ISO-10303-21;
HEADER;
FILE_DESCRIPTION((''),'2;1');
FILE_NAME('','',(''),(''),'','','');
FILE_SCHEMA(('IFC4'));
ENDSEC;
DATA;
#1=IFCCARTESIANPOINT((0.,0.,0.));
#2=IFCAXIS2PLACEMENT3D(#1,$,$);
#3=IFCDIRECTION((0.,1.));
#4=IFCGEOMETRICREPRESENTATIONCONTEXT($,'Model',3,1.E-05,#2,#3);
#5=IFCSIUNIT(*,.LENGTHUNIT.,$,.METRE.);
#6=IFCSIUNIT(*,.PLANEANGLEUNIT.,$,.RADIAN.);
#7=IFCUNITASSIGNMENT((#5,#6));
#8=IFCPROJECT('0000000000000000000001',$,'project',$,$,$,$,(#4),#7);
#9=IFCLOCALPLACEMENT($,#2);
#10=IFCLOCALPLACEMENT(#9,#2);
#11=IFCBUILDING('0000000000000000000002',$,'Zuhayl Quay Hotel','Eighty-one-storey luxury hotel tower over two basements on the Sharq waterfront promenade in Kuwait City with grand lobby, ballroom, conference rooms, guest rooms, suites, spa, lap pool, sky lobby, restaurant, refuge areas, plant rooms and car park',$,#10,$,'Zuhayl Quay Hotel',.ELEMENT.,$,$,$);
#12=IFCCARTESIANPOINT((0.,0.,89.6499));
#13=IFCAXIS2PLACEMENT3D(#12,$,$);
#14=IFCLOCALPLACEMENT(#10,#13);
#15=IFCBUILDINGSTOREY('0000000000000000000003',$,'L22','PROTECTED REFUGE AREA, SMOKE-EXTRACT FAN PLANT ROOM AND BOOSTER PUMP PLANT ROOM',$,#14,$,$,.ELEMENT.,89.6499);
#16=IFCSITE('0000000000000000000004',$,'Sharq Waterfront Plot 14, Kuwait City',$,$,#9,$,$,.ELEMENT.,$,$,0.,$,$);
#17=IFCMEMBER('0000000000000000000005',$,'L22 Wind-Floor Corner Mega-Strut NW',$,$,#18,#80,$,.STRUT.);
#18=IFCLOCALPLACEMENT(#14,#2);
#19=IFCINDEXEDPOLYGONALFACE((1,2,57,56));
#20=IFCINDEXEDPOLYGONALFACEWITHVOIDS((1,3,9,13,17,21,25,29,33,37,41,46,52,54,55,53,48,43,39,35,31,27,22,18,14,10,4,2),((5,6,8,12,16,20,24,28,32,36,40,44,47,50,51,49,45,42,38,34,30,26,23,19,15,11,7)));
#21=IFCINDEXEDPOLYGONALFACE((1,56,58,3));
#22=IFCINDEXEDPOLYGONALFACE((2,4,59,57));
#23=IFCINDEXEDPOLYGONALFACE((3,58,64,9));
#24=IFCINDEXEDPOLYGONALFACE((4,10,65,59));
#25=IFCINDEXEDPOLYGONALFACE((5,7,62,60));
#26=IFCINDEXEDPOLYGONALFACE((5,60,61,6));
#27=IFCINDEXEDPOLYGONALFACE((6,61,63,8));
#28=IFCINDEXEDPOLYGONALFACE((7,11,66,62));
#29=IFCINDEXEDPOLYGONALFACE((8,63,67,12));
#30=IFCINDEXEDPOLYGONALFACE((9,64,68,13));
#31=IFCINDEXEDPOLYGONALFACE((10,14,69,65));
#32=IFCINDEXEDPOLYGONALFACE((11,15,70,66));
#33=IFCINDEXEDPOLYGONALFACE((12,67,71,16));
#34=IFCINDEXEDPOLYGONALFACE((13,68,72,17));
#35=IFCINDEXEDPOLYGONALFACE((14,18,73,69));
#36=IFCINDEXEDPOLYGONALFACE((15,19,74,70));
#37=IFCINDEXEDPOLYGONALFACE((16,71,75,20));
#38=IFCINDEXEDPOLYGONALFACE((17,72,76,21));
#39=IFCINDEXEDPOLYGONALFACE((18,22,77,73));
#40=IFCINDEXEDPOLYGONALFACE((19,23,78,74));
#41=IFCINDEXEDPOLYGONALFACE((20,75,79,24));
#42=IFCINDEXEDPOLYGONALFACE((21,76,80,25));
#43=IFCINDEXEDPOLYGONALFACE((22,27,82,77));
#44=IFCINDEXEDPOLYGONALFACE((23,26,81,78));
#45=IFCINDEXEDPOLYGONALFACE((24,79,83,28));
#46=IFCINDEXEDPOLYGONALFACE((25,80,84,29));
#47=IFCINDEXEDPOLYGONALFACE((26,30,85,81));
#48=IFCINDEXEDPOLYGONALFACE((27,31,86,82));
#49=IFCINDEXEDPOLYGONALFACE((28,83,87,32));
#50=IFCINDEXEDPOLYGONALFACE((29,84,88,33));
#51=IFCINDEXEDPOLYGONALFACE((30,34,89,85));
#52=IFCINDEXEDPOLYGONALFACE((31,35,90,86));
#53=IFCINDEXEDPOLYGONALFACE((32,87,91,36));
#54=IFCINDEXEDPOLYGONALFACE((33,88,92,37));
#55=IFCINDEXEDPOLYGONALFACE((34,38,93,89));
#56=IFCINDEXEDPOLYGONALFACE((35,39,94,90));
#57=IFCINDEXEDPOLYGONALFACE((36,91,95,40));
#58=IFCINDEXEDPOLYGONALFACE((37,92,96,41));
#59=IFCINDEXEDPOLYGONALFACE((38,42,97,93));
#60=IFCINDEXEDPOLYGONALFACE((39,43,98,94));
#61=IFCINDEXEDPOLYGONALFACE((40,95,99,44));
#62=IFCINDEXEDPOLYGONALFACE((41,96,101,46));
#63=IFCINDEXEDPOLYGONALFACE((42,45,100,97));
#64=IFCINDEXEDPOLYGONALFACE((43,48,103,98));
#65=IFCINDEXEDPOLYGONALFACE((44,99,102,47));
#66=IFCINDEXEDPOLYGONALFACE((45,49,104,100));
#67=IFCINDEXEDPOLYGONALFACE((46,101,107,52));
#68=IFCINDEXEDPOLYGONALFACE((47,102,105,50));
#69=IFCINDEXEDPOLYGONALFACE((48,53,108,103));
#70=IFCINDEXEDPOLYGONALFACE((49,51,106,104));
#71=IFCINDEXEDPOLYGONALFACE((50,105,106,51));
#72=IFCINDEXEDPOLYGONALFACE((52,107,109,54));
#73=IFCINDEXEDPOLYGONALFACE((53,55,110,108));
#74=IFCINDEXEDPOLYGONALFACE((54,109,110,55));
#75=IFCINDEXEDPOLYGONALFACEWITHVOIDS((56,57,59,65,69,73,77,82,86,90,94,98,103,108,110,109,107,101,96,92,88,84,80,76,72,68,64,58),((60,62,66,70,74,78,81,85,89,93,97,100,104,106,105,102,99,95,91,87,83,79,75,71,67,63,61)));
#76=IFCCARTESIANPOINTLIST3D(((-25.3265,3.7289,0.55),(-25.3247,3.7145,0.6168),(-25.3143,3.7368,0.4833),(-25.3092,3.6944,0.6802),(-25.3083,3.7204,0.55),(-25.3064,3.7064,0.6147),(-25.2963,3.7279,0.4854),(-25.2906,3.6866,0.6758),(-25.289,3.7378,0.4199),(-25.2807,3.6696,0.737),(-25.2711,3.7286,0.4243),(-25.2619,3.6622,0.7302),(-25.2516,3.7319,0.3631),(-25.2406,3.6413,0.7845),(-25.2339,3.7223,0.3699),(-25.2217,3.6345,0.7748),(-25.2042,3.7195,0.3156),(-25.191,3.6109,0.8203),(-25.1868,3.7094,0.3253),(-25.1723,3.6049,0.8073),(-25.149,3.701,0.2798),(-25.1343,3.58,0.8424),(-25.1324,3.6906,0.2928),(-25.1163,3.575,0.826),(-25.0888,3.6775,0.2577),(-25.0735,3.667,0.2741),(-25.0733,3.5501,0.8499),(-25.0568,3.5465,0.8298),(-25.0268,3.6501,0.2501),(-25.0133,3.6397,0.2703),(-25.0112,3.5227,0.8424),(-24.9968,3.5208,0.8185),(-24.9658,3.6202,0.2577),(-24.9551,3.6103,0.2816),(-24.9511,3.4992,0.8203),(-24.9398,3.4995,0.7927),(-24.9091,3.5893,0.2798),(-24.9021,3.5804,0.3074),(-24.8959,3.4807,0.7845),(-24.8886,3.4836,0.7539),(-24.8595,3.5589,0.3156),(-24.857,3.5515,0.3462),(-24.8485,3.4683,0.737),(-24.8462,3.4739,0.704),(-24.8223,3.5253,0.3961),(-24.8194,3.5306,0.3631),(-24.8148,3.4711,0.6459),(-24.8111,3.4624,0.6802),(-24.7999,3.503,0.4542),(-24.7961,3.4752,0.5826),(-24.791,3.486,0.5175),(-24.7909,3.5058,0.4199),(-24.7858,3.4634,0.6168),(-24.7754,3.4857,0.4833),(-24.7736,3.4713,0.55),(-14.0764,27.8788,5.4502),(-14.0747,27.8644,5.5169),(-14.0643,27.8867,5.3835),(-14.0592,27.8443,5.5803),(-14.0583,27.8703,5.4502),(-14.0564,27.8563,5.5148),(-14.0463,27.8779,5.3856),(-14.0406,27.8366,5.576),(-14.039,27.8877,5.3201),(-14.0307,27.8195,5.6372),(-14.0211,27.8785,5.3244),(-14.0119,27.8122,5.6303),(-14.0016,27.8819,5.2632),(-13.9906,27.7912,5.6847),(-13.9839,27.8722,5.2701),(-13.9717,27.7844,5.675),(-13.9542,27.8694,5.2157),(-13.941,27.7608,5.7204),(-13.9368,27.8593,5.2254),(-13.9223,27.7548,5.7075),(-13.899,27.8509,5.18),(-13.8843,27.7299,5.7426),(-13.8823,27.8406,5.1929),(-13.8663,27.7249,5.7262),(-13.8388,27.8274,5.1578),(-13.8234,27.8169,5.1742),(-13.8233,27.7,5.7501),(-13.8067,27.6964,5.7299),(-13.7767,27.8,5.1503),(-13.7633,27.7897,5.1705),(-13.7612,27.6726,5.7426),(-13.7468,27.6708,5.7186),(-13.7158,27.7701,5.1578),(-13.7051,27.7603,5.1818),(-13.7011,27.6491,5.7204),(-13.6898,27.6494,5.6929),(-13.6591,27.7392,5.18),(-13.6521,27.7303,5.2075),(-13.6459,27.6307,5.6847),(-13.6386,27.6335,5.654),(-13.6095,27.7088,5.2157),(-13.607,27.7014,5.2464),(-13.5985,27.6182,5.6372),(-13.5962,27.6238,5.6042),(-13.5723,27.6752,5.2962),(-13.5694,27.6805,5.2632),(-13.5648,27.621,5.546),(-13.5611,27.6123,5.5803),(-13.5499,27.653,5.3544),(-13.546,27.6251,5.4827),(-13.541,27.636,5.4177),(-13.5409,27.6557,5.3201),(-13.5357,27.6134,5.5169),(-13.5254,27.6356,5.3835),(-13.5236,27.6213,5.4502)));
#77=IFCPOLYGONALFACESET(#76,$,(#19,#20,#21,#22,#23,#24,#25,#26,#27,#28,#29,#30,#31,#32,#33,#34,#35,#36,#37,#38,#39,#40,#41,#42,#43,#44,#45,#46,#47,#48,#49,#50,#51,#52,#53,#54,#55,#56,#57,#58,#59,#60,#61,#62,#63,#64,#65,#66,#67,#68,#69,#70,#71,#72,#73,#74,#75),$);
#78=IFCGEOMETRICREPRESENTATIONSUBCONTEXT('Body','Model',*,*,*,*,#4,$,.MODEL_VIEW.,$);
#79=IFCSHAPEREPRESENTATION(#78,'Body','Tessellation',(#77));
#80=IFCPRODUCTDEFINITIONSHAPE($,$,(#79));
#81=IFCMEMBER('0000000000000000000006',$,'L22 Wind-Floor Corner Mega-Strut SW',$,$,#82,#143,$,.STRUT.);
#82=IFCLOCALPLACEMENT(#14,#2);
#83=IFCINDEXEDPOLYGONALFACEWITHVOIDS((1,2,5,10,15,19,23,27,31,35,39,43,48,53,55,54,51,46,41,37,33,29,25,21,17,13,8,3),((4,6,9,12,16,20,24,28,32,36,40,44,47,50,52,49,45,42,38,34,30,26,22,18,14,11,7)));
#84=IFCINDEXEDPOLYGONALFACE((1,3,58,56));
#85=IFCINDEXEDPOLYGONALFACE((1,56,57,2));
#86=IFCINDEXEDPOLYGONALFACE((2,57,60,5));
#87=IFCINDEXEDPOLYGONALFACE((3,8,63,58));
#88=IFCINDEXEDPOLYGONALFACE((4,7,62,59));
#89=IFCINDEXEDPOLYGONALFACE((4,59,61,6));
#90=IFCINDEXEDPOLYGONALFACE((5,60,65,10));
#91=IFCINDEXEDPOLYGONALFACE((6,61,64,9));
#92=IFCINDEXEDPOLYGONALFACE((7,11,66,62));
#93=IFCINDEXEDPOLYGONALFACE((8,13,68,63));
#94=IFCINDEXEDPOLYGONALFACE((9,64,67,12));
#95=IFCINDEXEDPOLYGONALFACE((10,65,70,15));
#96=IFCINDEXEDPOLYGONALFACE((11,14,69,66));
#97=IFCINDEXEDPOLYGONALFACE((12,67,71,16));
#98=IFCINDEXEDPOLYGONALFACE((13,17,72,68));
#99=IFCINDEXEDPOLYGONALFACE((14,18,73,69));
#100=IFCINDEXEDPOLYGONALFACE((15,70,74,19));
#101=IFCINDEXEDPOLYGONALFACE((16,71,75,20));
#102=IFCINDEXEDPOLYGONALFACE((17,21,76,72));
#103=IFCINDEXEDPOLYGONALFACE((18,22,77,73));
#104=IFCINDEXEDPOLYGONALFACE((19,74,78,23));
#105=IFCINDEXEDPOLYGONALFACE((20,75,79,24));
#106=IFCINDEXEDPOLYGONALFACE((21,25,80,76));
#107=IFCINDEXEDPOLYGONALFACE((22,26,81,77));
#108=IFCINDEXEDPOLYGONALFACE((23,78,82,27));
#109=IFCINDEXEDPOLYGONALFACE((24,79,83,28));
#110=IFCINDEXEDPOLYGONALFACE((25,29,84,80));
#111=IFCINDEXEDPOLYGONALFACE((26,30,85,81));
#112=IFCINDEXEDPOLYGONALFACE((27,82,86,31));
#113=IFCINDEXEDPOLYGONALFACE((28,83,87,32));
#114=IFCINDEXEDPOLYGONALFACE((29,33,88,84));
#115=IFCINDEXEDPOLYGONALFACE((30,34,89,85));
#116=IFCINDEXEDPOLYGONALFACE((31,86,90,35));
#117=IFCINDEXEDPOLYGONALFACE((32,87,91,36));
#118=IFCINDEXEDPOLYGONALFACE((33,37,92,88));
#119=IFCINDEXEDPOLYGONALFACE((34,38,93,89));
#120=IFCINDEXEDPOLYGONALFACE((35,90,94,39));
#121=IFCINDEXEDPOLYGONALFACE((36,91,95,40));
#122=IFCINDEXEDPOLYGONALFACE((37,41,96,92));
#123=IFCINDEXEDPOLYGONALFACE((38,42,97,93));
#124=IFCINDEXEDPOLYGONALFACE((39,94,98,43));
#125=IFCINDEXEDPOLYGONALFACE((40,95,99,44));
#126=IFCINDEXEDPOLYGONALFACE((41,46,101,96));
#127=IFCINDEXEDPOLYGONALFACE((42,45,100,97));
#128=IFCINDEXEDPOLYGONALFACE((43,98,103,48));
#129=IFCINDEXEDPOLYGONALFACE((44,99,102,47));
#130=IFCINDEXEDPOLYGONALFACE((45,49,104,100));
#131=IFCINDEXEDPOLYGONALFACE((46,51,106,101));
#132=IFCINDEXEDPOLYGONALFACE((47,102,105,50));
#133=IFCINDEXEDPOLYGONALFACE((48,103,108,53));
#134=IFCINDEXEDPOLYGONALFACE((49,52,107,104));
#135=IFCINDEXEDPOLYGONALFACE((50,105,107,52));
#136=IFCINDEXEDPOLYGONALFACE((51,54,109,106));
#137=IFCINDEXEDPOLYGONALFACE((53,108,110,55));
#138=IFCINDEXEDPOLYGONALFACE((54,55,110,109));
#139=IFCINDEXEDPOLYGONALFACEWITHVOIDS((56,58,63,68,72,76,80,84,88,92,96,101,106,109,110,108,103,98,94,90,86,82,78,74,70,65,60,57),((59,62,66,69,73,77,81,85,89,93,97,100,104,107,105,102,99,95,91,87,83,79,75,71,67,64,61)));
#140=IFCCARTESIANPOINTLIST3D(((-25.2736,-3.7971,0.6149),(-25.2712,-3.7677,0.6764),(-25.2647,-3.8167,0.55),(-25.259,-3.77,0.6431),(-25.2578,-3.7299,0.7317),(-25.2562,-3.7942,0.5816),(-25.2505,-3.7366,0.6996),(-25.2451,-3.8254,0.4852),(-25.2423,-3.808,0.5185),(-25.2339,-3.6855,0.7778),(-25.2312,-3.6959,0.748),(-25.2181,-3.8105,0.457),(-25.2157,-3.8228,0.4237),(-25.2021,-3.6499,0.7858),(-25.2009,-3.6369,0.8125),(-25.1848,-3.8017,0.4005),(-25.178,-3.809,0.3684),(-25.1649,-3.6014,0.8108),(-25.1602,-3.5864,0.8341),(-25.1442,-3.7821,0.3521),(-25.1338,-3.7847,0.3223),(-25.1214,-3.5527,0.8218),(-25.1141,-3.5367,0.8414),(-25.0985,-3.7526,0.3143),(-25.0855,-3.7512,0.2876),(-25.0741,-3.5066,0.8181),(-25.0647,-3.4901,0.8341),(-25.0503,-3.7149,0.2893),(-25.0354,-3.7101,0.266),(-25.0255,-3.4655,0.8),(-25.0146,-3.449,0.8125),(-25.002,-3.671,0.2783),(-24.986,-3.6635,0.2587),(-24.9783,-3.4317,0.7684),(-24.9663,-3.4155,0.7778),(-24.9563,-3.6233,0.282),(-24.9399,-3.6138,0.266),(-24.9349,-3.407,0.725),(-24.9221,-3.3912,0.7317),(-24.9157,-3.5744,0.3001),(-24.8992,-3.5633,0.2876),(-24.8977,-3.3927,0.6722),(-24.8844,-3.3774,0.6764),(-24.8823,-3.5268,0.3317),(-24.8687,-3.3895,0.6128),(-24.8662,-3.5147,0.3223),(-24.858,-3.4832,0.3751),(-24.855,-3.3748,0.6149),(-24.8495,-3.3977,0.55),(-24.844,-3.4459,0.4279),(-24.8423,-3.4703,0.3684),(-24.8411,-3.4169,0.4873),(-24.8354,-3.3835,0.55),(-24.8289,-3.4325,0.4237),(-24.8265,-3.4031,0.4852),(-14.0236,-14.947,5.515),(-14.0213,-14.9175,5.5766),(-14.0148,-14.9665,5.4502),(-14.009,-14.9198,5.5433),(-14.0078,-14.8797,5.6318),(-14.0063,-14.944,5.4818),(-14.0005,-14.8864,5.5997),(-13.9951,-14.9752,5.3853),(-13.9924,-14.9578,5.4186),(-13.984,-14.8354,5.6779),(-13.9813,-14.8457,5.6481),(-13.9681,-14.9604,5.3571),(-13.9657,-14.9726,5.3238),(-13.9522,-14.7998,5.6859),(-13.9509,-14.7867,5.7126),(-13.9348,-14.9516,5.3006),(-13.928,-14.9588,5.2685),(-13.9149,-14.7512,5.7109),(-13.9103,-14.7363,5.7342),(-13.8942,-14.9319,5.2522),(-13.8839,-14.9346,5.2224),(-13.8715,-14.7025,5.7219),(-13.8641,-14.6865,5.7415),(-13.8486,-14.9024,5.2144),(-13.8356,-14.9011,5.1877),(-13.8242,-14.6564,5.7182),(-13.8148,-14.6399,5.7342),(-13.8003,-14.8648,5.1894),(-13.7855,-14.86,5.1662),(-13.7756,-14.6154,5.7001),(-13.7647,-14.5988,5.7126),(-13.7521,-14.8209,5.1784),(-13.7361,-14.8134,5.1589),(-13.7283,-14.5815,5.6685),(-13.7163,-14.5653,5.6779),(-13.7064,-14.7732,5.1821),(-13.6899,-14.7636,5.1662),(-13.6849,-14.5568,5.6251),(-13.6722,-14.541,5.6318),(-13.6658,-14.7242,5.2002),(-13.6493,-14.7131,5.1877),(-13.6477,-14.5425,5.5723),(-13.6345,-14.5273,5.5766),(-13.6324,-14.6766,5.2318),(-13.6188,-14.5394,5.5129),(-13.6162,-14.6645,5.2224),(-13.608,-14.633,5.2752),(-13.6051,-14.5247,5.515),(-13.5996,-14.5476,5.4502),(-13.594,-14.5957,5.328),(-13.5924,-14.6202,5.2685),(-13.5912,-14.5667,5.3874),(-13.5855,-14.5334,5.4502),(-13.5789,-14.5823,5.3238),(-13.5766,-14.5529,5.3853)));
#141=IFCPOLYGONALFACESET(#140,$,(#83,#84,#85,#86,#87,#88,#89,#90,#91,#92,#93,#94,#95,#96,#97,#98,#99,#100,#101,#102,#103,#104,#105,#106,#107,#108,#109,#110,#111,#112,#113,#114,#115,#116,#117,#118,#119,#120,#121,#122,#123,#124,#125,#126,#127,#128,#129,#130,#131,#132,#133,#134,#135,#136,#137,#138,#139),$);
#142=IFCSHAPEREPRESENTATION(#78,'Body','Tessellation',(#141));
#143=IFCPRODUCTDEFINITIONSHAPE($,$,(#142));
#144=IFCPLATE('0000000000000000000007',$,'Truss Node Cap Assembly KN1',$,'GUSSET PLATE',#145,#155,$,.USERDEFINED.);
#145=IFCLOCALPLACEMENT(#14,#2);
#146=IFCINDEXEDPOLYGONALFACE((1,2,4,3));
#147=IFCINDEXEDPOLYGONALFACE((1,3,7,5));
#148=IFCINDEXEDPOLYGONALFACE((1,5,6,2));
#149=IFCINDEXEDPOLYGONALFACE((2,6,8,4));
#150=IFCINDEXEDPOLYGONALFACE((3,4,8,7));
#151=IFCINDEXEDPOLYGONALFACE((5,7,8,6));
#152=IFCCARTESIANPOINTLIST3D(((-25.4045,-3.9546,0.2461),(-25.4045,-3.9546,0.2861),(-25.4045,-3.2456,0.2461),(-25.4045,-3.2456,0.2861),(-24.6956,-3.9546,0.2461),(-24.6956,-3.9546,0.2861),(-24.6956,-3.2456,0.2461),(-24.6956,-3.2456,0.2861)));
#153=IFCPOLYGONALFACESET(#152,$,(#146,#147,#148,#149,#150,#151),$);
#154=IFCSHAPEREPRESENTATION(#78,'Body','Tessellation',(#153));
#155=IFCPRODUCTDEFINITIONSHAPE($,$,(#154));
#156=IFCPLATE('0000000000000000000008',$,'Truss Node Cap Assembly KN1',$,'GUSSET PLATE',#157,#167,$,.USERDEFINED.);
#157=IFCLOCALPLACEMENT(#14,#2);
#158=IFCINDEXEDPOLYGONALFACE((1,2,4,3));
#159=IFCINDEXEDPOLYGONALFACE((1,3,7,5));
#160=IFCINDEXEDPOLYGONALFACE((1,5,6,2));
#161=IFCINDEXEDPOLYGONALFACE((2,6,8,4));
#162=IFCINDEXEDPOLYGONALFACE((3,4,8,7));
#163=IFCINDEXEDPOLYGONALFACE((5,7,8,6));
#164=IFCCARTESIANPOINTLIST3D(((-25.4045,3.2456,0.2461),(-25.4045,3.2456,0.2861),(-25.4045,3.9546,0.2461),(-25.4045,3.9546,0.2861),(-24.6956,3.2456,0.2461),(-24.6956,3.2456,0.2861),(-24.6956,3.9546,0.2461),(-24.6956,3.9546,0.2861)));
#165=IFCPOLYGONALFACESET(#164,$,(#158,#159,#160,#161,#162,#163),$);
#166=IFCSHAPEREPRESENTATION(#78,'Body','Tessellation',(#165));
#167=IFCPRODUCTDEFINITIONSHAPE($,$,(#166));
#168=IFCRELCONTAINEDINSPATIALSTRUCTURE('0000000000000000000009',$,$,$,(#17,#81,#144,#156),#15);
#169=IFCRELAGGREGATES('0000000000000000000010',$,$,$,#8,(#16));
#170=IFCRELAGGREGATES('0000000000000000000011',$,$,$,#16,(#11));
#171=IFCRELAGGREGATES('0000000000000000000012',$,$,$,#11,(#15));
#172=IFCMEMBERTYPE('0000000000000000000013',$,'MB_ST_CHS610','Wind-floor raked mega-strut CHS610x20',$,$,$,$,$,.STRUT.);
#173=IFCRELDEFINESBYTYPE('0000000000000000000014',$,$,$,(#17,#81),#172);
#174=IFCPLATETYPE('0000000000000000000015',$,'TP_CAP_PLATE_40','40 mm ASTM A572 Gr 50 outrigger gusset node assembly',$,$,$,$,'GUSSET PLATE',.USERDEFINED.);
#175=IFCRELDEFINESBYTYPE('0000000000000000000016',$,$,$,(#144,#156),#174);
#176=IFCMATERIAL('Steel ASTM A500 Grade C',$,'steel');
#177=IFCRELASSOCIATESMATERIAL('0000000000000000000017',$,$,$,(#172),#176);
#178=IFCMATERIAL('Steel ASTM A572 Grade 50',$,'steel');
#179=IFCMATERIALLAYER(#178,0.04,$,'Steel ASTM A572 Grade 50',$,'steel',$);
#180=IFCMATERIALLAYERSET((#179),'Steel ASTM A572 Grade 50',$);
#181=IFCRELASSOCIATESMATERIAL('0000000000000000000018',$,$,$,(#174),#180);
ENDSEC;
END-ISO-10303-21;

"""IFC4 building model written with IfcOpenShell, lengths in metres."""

from ifc_helpers import new_model, si_unit, direction, frame, origin, origin_2d, place, context, subcontext, project, spatial, rectangle, hollow_circle, extrude, material, layer, layer_set, material_profile, profile_set, type_object, element, save


model = new_model("IFC4")

# Units and contexts
model_context = context("Model", 3, precision=1e-05, world=origin(), true_north=direction((0.0, 1.0)))
body_context = subcontext(model_context, "Body", "Model", "MODEL_VIEW")
ifc_project = project(units=[si_unit("LENGTHUNIT", "METRE"), si_unit("PLANEANGLEUNIT", "RADIAN")], contexts=[model_context])

# Site, building, storey
site_placement = place(None, origin())
site = spatial("IfcSite", under=ifc_project, at=site_placement, Name="Sharq Waterfront Plot 14, Kuwait City", CompositionType="ELEMENT", RefElevation=0.0)
building_placement = place(site_placement, origin())
building = spatial("IfcBuilding", under=site, at=building_placement, Name="Zuhayl Quay Hotel", Description="Eighty-one-storey luxury hotel tower over two basements on the Sharq waterfront promenade in Kuwait City with grand lobby, ballroom, conference rooms, guest rooms, suites, spa, lap pool, sky lobby, restaurant, refuge areas, plant rooms and car park", LongName="Zuhayl Quay Hotel", CompositionType="ELEMENT")
storey_placement = place(building_placement, frame((0.0, 0.0, 89.6499)))
storey = spatial("IfcBuildingStorey", under=building, at=storey_placement, Name="L22", Description="PROTECTED REFUGE AREA, SMOKE-EXTRACT FAN PLANT ROOM AND BOOSTER PUMP PLANT ROOM", CompositionType="ELEMENT", Elevation=89.6499)

# Members
ifc_material_1 = material(Name="Steel ASTM A500 Grade C", Category="steel")
ifc_material_profile_1 = material_profile(ifc_material_1, hollow_circle(Radius=0.3049, WallThickness=0.02, at=origin_2d()), Name="CHS610X20")
ifc_profile_set_1 = profile_set([ifc_material_profile_1], Name="Steel ASTM A500 Grade C")
member_type_1 = type_object("IfcMemberType", Name="MB_ST_CHS610", Description="Wind-floor raked mega-strut CHS610x20", PredefinedType="STRUT", material=ifc_profile_set_1)
member_1_placement = place(storey_placement, frame((-25.05, 3.6001, 0.55), z_axis=(0.415304, 0.891516, 0.180893), x_axis=(-0.90647, 0.42227, 0.0)))
element("IfcMember", 1, at=member_1_placement, inside=storey, type_object=member_type_1, Name="L22 Wind-Floor Corner Mega-Strut NW", PredefinedType="STRUT", context=body_context, shape_type="SweptSolid", body=[
    extrude(hollow_circle(Radius=0.3049, WallThickness=0.02, at=origin_2d()), origin(), (0.0, 0.0, 1.0), 27.0886),
])
member_2_placement = place(storey_placement, frame((-25.05, -3.6001, 0.55), z_axis=(0.678531, -0.672494, 0.295547), x_axis=(0.70394, 0.71026, 0.0)))
element("IfcMember", 2, at=member_2_placement, inside=storey, type_object=member_type_1, Name="L22 Wind-Floor Corner Mega-Strut SW", PredefinedType="STRUT", context=body_context, shape_type="SweptSolid", body=[
    extrude(hollow_circle(Radius=0.3049, WallThickness=0.02, at=origin_2d()), origin(), (0.0, 0.0, 1.0), 16.5798),
])

# Plates
ifc_material_2 = material(Name="Steel ASTM A572 Grade 50", Category="steel")
ifc_layer = layer(ifc_material_2, 0.04, Name="Steel ASTM A572 Grade 50", Category="steel")
ifc_layer_set = layer_set([ifc_layer], Name="Steel ASTM A572 Grade 50")
plate_type = type_object("IfcPlateType", Name="TP_CAP_PLATE_40", Description="40 mm ASTM A572 Gr 50 outrigger gusset node assembly", ElementType="GUSSET PLATE", PredefinedType="USERDEFINED", material=ifc_layer_set)
for number, where, z_axis, x_axis, name in (
    (3, (-25.05, -3.6001, 0.2461), (0.0, 0.0, 1.0), (1.0, 0.0, 0.0), "Truss Node Cap Assembly KN1"),
    (4, (-25.05, 3.6001, 0.2461), (0.0, 0.0, 1.0), (1.0, 0.0, 0.0), "Truss Node Cap Assembly KN1"),
):
    element("IfcPlate", number, at=place(storey_placement, frame(where, z_axis=z_axis, x_axis=x_axis)), inside=storey, type_object=plate_type, Name=name, ObjectType="GUSSET PLATE", PredefinedType="USERDEFINED", context=body_context, shape_type="SweptSolid", body=[
        extrude(rectangle(XDim=0.709, YDim=0.709, at=origin_2d()), origin(), (0.0, 0.0, 1.0), 0.04),
    ])

save(model, "model.ifc")
